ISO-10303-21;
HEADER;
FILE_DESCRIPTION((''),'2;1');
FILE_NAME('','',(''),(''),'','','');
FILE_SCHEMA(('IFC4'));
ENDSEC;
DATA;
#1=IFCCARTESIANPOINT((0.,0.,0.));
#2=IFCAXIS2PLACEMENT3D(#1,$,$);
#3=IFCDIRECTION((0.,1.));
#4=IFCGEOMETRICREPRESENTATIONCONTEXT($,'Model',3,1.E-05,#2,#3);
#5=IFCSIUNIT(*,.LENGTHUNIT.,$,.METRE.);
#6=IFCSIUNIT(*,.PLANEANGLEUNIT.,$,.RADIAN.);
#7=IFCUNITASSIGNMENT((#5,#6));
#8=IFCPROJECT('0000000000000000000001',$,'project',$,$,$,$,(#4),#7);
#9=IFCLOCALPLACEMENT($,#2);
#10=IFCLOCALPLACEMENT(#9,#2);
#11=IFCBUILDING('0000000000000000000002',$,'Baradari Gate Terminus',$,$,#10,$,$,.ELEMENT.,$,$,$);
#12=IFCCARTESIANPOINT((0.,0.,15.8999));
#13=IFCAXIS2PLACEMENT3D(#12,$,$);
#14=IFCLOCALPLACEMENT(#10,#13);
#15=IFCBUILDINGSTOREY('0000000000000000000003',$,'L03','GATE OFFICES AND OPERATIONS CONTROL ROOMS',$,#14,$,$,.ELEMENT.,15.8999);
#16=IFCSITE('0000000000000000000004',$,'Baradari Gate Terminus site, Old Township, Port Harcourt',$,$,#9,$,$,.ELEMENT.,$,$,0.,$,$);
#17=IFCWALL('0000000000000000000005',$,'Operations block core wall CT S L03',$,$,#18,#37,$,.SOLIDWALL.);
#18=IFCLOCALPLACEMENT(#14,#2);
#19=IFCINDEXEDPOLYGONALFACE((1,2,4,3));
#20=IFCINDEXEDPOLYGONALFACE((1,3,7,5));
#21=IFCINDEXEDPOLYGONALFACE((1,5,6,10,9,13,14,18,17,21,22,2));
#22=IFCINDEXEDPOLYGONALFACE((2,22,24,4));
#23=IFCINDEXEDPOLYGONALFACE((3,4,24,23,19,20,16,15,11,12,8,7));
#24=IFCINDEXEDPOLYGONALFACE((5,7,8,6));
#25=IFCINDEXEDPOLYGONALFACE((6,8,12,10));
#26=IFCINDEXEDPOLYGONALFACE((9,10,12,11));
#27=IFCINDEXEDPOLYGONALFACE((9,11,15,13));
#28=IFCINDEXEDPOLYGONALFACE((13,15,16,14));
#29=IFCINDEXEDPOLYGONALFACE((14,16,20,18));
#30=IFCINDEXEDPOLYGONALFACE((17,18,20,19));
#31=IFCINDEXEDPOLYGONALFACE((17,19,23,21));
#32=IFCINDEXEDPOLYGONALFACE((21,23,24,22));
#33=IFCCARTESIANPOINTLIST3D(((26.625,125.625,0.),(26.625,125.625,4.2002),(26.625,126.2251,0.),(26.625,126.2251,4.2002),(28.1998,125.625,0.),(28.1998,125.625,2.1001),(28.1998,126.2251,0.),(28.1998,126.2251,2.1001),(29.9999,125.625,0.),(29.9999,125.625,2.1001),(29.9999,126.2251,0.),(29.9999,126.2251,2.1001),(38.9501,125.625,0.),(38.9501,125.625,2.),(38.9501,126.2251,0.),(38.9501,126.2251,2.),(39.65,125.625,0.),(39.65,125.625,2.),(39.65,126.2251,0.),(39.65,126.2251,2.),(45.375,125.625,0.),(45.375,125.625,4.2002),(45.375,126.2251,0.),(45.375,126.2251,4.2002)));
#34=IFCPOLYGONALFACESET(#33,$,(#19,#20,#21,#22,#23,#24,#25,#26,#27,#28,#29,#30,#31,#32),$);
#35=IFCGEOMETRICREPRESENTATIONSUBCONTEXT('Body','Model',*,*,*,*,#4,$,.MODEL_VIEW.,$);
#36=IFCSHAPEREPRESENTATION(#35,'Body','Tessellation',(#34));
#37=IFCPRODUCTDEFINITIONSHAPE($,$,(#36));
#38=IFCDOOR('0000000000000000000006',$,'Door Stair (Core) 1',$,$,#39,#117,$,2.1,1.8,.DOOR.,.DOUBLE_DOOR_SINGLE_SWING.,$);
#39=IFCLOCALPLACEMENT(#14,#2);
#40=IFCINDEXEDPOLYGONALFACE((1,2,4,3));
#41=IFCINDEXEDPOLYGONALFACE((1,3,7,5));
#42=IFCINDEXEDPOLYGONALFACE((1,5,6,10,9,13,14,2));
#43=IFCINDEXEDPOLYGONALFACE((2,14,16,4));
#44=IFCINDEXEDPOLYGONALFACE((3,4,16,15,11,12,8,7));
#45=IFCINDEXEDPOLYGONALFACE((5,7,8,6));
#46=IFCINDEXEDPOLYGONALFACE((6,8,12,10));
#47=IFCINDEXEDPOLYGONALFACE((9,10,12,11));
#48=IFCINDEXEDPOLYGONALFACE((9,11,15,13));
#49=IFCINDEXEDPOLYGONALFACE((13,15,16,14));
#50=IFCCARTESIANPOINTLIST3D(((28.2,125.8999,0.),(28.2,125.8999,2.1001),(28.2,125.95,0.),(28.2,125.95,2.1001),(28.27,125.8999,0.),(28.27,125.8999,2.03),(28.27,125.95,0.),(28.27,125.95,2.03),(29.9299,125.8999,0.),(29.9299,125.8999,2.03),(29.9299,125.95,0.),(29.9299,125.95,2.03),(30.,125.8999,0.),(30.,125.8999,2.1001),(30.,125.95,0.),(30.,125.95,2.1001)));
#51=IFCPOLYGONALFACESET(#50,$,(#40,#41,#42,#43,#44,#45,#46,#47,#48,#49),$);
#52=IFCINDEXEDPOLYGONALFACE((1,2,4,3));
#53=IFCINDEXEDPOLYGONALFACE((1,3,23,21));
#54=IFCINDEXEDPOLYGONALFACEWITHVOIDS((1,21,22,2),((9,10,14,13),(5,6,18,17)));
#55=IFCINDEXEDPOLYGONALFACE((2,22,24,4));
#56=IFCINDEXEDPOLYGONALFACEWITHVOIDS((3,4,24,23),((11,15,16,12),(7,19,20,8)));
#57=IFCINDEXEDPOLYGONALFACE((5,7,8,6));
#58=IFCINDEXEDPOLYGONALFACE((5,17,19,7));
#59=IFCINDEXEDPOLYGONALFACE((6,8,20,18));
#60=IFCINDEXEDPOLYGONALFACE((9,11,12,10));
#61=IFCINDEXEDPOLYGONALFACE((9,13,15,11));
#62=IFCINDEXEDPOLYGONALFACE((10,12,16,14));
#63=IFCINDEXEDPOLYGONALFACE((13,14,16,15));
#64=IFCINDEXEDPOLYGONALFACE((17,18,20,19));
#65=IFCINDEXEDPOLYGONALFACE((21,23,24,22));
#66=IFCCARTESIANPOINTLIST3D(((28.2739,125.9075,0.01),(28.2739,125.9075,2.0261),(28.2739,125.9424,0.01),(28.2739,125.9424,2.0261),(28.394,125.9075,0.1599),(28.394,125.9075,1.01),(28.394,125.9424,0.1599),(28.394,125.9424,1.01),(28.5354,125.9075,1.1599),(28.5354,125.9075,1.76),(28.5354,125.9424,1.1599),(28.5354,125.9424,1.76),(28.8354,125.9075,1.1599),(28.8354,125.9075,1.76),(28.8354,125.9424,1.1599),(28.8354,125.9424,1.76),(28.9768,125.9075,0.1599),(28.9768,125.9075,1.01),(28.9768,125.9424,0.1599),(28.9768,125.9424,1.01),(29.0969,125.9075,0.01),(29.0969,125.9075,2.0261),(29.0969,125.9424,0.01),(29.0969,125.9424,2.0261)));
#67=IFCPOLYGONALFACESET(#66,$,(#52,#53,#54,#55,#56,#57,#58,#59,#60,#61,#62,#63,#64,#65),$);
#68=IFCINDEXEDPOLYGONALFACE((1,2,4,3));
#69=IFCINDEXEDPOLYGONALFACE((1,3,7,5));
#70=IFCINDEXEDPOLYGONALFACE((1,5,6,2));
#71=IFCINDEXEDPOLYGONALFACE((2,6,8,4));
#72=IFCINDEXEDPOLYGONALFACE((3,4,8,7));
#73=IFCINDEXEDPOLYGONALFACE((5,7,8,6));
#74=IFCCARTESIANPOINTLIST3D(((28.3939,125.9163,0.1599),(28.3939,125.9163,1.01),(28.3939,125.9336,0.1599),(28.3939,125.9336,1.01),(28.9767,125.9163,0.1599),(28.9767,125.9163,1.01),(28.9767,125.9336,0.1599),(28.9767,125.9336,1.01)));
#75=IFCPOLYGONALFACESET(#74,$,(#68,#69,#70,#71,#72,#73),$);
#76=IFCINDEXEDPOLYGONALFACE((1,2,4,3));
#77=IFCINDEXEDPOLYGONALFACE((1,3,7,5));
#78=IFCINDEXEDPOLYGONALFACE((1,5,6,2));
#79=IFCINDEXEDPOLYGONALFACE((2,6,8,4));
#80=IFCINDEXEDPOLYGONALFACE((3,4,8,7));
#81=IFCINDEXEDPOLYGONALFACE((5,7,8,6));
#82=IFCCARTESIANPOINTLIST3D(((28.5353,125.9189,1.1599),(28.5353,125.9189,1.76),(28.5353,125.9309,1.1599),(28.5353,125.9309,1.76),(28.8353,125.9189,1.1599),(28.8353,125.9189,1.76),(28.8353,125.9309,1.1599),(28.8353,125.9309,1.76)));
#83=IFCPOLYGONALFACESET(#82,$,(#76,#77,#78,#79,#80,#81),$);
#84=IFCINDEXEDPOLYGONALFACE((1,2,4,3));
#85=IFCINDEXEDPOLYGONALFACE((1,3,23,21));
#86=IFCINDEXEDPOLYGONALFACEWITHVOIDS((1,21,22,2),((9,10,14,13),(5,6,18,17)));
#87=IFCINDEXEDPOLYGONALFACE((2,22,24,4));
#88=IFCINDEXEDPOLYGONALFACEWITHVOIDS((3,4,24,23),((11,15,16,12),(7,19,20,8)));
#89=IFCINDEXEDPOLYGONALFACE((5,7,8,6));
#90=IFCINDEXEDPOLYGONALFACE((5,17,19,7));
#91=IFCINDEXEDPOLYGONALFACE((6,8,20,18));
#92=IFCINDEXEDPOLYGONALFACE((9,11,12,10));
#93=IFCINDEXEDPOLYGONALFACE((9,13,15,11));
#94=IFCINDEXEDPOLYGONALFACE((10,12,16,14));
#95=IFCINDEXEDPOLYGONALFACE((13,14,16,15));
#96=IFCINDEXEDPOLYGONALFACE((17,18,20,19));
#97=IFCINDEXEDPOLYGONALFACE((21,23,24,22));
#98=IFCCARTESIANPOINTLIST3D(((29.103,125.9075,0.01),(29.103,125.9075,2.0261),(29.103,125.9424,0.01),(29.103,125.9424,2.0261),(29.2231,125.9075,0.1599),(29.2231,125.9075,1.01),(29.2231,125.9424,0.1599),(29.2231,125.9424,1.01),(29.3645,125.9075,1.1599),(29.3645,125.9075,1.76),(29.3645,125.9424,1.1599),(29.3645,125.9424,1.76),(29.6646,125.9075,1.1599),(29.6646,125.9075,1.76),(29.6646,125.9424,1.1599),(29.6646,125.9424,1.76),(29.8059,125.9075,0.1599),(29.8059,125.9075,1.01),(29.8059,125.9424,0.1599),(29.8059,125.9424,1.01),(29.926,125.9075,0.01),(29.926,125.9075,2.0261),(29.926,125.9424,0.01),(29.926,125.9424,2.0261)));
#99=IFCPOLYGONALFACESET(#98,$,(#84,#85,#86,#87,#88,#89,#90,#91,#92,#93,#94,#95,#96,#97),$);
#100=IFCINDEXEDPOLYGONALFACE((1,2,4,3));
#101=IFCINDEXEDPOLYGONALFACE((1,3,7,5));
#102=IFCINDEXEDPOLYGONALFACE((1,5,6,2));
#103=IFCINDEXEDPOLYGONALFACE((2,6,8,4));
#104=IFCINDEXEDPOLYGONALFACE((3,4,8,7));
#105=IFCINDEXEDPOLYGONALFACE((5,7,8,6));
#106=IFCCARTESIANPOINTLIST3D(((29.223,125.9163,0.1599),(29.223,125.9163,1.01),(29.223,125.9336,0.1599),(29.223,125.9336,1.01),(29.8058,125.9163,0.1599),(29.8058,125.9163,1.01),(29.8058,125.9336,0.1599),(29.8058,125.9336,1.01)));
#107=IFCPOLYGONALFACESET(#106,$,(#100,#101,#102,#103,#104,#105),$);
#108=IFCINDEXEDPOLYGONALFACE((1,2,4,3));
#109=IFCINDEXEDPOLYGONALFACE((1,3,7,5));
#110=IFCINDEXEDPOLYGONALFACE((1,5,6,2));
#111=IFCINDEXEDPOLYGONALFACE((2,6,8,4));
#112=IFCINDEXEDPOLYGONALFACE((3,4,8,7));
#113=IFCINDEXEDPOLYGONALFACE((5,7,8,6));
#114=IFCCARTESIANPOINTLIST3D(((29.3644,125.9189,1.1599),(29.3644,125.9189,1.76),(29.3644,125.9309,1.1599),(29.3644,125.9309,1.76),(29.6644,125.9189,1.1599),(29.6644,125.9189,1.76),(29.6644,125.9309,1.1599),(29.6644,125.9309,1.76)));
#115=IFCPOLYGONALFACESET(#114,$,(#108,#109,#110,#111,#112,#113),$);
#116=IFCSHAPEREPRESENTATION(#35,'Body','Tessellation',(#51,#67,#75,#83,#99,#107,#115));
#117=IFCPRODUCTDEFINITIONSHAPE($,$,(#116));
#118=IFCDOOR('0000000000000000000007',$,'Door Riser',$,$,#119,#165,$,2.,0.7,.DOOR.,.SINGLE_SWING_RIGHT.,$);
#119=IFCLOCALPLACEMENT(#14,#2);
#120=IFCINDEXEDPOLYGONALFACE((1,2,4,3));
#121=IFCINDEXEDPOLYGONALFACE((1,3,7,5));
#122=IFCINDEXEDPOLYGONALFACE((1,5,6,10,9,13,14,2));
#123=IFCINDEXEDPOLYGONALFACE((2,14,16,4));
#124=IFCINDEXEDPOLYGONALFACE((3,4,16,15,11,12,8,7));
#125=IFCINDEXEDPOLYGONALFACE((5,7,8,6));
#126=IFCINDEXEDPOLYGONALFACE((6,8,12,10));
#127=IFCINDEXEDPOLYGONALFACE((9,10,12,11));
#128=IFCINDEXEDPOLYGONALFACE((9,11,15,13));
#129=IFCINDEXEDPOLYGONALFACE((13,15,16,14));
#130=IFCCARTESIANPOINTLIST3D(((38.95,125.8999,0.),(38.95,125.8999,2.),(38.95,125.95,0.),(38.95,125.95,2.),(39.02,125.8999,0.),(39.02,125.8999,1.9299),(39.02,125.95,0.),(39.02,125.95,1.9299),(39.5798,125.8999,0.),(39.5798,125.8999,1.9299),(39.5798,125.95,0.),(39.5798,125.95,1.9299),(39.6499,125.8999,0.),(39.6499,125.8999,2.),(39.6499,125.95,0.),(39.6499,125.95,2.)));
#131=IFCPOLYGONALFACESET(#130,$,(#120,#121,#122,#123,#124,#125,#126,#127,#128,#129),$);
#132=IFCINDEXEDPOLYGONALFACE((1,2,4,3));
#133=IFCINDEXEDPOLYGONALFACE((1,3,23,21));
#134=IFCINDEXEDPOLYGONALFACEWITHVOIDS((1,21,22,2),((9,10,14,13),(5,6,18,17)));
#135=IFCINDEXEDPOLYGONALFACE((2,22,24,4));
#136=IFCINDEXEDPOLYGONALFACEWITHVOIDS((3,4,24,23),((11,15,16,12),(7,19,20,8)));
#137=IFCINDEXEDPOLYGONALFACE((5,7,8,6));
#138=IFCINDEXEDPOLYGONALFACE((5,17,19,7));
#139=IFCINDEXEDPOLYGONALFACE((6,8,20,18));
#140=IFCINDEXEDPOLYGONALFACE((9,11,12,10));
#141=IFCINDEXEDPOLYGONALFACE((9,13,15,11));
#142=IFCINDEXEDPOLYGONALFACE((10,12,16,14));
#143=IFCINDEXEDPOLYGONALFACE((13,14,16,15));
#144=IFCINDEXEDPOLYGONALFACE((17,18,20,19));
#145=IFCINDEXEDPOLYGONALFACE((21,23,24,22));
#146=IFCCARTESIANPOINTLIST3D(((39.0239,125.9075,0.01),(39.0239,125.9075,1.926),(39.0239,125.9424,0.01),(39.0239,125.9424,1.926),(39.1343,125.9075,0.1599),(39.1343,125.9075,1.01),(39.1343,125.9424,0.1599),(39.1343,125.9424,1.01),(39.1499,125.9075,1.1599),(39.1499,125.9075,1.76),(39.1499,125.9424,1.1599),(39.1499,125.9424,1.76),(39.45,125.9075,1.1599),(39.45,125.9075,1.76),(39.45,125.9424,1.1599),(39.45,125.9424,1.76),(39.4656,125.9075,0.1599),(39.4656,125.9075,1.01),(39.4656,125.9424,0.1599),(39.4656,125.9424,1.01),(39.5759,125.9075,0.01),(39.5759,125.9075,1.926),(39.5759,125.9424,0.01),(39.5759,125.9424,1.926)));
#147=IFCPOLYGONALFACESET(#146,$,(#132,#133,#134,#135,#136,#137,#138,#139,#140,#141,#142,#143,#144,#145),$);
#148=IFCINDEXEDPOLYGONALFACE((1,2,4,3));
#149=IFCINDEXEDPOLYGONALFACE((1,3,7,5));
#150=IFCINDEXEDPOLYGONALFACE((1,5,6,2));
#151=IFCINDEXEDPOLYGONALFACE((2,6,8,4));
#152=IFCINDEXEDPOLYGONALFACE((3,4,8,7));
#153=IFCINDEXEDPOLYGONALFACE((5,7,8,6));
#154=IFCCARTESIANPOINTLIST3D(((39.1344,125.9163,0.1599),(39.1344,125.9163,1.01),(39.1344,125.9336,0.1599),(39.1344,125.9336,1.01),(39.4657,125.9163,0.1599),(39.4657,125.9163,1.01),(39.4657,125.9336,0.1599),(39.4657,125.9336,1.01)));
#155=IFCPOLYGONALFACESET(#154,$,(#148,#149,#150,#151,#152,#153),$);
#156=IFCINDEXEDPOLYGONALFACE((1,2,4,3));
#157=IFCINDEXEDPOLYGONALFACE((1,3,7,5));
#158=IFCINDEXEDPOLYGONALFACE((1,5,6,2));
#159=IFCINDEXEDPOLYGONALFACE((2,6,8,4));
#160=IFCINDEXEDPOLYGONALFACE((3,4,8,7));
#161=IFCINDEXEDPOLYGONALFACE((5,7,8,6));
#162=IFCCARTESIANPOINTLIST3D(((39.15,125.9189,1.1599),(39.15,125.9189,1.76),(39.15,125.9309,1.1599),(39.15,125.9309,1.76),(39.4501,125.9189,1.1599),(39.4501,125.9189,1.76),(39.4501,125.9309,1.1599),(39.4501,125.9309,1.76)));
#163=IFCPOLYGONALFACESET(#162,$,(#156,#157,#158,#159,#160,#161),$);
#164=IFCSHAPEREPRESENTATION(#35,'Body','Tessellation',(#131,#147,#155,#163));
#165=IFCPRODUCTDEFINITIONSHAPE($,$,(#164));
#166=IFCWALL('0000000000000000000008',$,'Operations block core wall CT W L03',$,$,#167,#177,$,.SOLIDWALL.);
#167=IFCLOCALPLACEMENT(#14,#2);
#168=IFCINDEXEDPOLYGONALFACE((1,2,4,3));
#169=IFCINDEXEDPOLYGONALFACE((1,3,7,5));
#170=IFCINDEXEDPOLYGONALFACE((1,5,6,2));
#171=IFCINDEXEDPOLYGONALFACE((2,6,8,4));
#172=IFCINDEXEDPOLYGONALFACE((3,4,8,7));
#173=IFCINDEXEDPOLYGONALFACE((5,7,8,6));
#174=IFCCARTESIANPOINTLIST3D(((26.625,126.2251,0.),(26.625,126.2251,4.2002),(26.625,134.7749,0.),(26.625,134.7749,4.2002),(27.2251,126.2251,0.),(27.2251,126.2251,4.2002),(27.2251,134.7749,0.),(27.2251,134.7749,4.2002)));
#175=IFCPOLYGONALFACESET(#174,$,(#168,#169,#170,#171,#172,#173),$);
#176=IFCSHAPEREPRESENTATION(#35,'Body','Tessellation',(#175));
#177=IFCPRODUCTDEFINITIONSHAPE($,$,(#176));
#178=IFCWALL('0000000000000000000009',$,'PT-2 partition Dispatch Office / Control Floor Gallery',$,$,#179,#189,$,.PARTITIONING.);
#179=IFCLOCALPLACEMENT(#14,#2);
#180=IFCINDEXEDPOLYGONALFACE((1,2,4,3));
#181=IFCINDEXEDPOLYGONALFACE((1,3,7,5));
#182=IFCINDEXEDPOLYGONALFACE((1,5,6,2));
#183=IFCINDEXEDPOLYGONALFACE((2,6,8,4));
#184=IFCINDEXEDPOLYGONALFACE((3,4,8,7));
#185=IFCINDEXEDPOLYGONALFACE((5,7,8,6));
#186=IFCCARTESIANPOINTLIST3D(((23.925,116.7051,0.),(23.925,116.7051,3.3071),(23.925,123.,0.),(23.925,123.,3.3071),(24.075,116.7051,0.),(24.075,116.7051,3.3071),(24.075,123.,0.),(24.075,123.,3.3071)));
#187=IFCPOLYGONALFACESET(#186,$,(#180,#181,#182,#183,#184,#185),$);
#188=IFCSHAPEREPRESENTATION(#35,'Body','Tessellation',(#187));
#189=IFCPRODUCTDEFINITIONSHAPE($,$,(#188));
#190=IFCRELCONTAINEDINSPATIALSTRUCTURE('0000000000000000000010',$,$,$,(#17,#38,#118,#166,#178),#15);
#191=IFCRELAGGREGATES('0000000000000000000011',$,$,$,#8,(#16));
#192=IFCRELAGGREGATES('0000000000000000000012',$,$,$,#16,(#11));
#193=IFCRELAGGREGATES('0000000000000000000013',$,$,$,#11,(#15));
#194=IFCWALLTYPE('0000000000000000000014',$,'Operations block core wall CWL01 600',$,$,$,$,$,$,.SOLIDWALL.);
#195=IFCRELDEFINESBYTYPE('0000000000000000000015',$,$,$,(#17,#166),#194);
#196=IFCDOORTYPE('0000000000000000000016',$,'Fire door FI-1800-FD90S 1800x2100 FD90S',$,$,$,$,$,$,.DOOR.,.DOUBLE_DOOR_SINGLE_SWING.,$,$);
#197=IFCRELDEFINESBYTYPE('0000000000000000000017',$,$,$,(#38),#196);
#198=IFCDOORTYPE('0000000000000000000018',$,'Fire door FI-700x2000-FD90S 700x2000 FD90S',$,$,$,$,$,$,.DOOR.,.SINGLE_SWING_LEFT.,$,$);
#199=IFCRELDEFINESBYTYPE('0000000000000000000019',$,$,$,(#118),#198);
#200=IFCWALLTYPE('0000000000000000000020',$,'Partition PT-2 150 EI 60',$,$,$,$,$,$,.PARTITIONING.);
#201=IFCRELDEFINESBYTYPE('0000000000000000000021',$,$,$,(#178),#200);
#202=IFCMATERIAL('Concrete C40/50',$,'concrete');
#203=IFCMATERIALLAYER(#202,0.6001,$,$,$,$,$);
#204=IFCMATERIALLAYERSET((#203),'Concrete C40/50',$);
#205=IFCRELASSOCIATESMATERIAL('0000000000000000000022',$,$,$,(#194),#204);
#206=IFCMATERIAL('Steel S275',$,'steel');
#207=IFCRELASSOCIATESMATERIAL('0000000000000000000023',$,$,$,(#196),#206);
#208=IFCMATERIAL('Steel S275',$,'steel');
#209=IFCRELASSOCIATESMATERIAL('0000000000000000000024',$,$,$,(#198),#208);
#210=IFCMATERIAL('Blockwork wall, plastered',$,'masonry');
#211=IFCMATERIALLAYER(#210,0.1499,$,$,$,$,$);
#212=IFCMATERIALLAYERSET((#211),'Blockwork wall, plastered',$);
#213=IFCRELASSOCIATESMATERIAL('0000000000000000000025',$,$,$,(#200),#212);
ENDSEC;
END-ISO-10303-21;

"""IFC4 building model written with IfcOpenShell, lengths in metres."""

from ifc_helpers import new_model, si_unit, direction, frame, frame_2d, origin, place, context, subcontext, project, spatial, polyline, rectangle, outline, extrude, material, layer, layer_set, type_object, element, fill, save


model = new_model("IFC4")

# Units and contexts
model_context = context("Model", 3, precision=1e-05, world=origin(), true_north=direction((0.0, 1.0)))
body_context = subcontext(model_context, "Body", "Model", "MODEL_VIEW")
ifc_project = project(units=[si_unit("LENGTHUNIT", "METRE"), si_unit("PLANEANGLEUNIT", "RADIAN")], contexts=[model_context])

# Site, building, storey
site_placement = place(None, origin())
site = spatial("IfcSite", under=ifc_project, at=site_placement, Name="Baradari Gate Terminus site, Old Township, Port Harcourt", CompositionType="ELEMENT", RefElevation=0.0)
building_placement = place(site_placement, origin())
building = spatial("IfcBuilding", under=site, at=building_placement, Name="Baradari Gate Terminus", CompositionType="ELEMENT")
storey_placement = place(building_placement, frame((0.0, 0.0, 15.8999)))
storey = spatial("IfcBuildingStorey", under=building, at=storey_placement, Name="L03", Description="GATE OFFICES AND OPERATIONS CONTROL ROOMS", CompositionType="ELEMENT", Elevation=15.8999)

# Wall, openings, doors
ifc_material_1 = material(Name="Concrete C40/50", Category="concrete")
ifc_layer_1 = layer(ifc_material_1, 0.6001)
ifc_layer_set_1 = layer_set([ifc_layer_1], Name="Concrete C40/50")
wall_type_1 = type_object("IfcWallType", Name="Operations block core wall CWL01 600", PredefinedType="SOLIDWALL", material=ifc_layer_set_1)
wall_1_placement = place(storey_placement, frame((26.625, 125.925, 0.0), z_axis=(0.0, 0.0, 1.0), x_axis=(1.0, 0.0, 0.0)))
wall_1 = element("IfcWall", 1, at=wall_1_placement, inside=storey, type_object=wall_type_1, Name="Operations block core wall CT S L03", PredefinedType="SOLIDWALL", context=body_context, shape_type="SweptSolid", body=[
    extrude(rectangle(XDim=18.75, YDim=0.6001, at=frame_2d((9.375, 0.0))), origin(), (0.0, 0.0, 1.0), 4.2002),
])
opening_1_placement = place(wall_1_placement, frame((1.575, 0.0, 0.0)))
opening_1 = element("IfcOpeningElement", 2, at=opening_1_placement, cuts=wall_1, PredefinedType="OPENING", context=body_context, shape_type="SweptSolid", body=[
    extrude(rectangle(XDim=1.8, YDim=2.1001, at=frame_2d((0.8999, 1.05))), frame((0.0, 0.3101, 0.0), z_axis=(0.0, -1.0, 0.0), x_axis=(1.0, 0.0, 0.0)), (0.0, 0.0, 1.0), 0.6201),
])
opening_2_placement = place(wall_1_placement, frame((12.325, 0.0, 0.0)))
opening_2 = element("IfcOpeningElement", 3, at=opening_2_placement, cuts=wall_1, PredefinedType="OPENING", context=body_context, shape_type="SweptSolid", body=[
    extrude(rectangle(XDim=0.7, YDim=2.0, at=frame_2d((0.3501, 1.0))), frame((0.0, 0.3101, 0.0), z_axis=(0.0, -1.0, 0.0), x_axis=(1.0, 0.0, 0.0)), (0.0, 0.0, 1.0), 0.6201),
])
ifc_material_2 = material(Name="Steel S275", Category="steel")
door_type_1 = type_object("IfcDoorType", Name="Fire door FI-1800-FD90S 1800x2100 FD90S", OperationType="DOUBLE_DOOR_SINGLE_SWING", PredefinedType="DOOR", material=ifc_material_2)
door_1_placement = place(opening_1_placement, origin())
door_1 = element("IfcDoor", 4, at=door_1_placement, inside=storey, type_object=door_type_1, Name="Door Stair (Core) 1", OperationType="DOUBLE_DOOR_SINGLE_SWING", OverallHeight=2.1, OverallWidth=1.8, PredefinedType="DOOR", context=body_context, shape_type="SweptSolid", body=[
    extrude(outline(polyline([(0.0, 0.0), (0.0701, 0.0), (0.0701, 2.03), (1.73, 2.03), (1.73, 0.0), (1.8, 0.0), (1.8, 2.1001), (0.0, 2.1001), (0.0, 0.0)])), frame((0.0, 0.0249, 0.0), z_axis=(0.0, -1.0, 0.0), x_axis=(1.0, 0.0, 0.0)), (0.0, 0.0, 1.0), 0.05),
    extrude(outline(polyline([(0.074, 0.01), (0.897, 0.01), (0.897, 2.0261), (0.074, 2.0261), (0.074, 0.01)]), holes=[polyline([(0.1941, 0.1599), (0.7769, 0.1599), (0.7769, 1.01), (0.1941, 1.01), (0.1941, 0.1599)]), polyline([(0.3354, 1.1599), (0.6355, 1.1599), (0.6355, 1.76), (0.3354, 1.76), (0.3354, 1.1599)])]), frame((0.0, 0.0173, 0.0), z_axis=(0.0, -1.0, 0.0), x_axis=(1.0, 0.0, 0.0)), (0.0, 0.0, 1.0), 0.0349),
    extrude(rectangle(XDim=0.5828, YDim=0.8501, at=frame_2d((0.4854, 0.585))), frame((0.0, 0.0085, 0.0), z_axis=(0.0, -1.0, 0.0), x_axis=(1.0, 0.0, 0.0)), (0.0, 0.0, 1.0), 0.0173),
    extrude(rectangle(XDim=0.3, YDim=0.6001, at=frame_2d((0.4854, 1.46))), frame((0.0, 0.0059, 0.0), z_axis=(0.0, -1.0, 0.0), x_axis=(1.0, 0.0, 0.0)), (0.0, 0.0, 1.0), 0.012),
    extrude(outline(polyline([(0.9031, 0.01), (1.7261, 0.01), (1.7261, 2.0261), (0.9031, 2.0261), (0.9031, 0.01)]), holes=[polyline([(1.0232, 0.1599), (1.606, 0.1599), (1.606, 1.01), (1.0232, 1.01), (1.0232, 0.1599)]), polyline([(1.1646, 1.1599), (1.4646, 1.1599), (1.4646, 1.76), (1.1646, 1.76), (1.1646, 1.1599)])]), frame((0.0, 0.0173, 0.0), z_axis=(0.0, -1.0, 0.0), x_axis=(1.0, 0.0, 0.0)), (0.0, 0.0, 1.0), 0.0349),
    extrude(rectangle(XDim=0.5828, YDim=0.8501, at=frame_2d((1.3145, 0.585))), frame((0.0, 0.0085, 0.0), z_axis=(0.0, -1.0, 0.0), x_axis=(1.0, 0.0, 0.0)), (0.0, 0.0, 1.0), 0.0173),
    extrude(rectangle(XDim=0.3, YDim=0.6001, at=frame_2d((1.3145, 1.46))), frame((0.0, 0.0059, 0.0), z_axis=(0.0, -1.0, 0.0), x_axis=(1.0, 0.0, 0.0)), (0.0, 0.0, 1.0), 0.012),
])
fill(opening_1, door_1)
ifc_material_3 = material(Name="Steel S275", Category="steel")
door_type_2 = type_object("IfcDoorType", Name="Fire door FI-700x2000-FD90S 700x2000 FD90S", OperationType="SINGLE_SWING_LEFT", PredefinedType="DOOR", material=ifc_material_3)
door_2_placement = place(opening_2_placement, origin())
door_2 = element("IfcDoor", 5, at=door_2_placement, inside=storey, type_object=door_type_2, Name="Door Riser", OperationType="SINGLE_SWING_RIGHT", OverallHeight=2.0, OverallWidth=0.7, PredefinedType="DOOR", context=body_context, shape_type="SweptSolid", body=[
    extrude(outline(polyline([(0.0, 0.0), (0.0701, 0.0), (0.0701, 1.9299), (0.6299, 1.9299), (0.6299, 0.0), (0.7, 0.0), (0.7, 2.0), (0.0, 2.0), (0.0, 0.0)])), frame((0.0, 0.0249, 0.0), z_axis=(0.0, -1.0, 0.0), x_axis=(1.0, 0.0, 0.0)), (0.0, 0.0, 1.0), 0.05),
    extrude(outline(polyline([(0.074, 0.01), (0.626, 0.01), (0.626, 1.926), (0.074, 1.926), (0.074, 0.01)]), holes=[polyline([(0.1843, 0.1599), (0.5156, 0.1599), (0.5156, 1.01), (0.1843, 1.01), (0.1843, 0.1599)]), polyline([(0.2, 1.1599), (0.5, 1.1599), (0.5, 1.76), (0.2, 1.76), (0.2, 1.1599)])]), frame((0.0, 0.0173, 0.0), z_axis=(0.0, -1.0, 0.0), x_axis=(1.0, 0.0, 0.0)), (0.0, 0.0, 1.0), 0.0349),
    extrude(rectangle(XDim=0.3313, YDim=0.8501, at=frame_2d((0.3501, 0.585))), frame((0.0, 0.0085, 0.0), z_axis=(0.0, -1.0, 0.0), x_axis=(1.0, 0.0, 0.0)), (0.0, 0.0, 1.0), 0.0173),
    extrude(rectangle(XDim=0.3, YDim=0.6001, at=frame_2d((0.3501, 1.46))), frame((0.0, 0.0059, 0.0), z_axis=(0.0, -1.0, 0.0), x_axis=(1.0, 0.0, 0.0)), (0.0, 0.0, 1.0), 0.012),
])
fill(opening_2, door_2)

# Walls
wall_2_placement = place(storey_placement, frame((26.925, 126.2251, 0.0), z_axis=(0.0, 0.0, 1.0), x_axis=(0.0, 1.0, 0.0)))
element("IfcWall", 6, at=wall_2_placement, inside=storey, type_object=wall_type_1, Name="Operations block core wall CT W L03", PredefinedType="SOLIDWALL", context=body_context, shape_type="SweptSolid", body=[
    extrude(rectangle(XDim=8.5498, YDim=0.6001, at=frame_2d((4.2749, 0.0))), origin(), (0.0, 0.0, 1.0), 4.2002),
])
ifc_material_4 = material(Name="Blockwork wall, plastered", Category="masonry")
ifc_layer_2 = layer(ifc_material_4, 0.1499)
ifc_layer_set_2 = layer_set([ifc_layer_2], Name="Blockwork wall, plastered")
wall_type_2 = type_object("IfcWallType", Name="Partition PT-2 150 EI 60", PredefinedType="PARTITIONING", material=ifc_layer_set_2)
wall_3_placement = place(storey_placement, frame((24.0, 123.0, 0.0), z_axis=(0.0, 0.0, 1.0), x_axis=(0.0, -1.0, 0.0)))
element("IfcWall", 7, at=wall_3_placement, inside=storey, type_object=wall_type_2, Name="PT-2 partition Dispatch Office / Control Floor Gallery", PredefinedType="PARTITIONING", context=body_context, shape_type="SweptSolid", body=[
    extrude(rectangle(XDim=6.2949, YDim=0.1499, at=frame_2d((3.1475, 0.0))), origin(), (0.0, 0.0, 1.0), 3.3071),
])

save(model, "model.ifc")
